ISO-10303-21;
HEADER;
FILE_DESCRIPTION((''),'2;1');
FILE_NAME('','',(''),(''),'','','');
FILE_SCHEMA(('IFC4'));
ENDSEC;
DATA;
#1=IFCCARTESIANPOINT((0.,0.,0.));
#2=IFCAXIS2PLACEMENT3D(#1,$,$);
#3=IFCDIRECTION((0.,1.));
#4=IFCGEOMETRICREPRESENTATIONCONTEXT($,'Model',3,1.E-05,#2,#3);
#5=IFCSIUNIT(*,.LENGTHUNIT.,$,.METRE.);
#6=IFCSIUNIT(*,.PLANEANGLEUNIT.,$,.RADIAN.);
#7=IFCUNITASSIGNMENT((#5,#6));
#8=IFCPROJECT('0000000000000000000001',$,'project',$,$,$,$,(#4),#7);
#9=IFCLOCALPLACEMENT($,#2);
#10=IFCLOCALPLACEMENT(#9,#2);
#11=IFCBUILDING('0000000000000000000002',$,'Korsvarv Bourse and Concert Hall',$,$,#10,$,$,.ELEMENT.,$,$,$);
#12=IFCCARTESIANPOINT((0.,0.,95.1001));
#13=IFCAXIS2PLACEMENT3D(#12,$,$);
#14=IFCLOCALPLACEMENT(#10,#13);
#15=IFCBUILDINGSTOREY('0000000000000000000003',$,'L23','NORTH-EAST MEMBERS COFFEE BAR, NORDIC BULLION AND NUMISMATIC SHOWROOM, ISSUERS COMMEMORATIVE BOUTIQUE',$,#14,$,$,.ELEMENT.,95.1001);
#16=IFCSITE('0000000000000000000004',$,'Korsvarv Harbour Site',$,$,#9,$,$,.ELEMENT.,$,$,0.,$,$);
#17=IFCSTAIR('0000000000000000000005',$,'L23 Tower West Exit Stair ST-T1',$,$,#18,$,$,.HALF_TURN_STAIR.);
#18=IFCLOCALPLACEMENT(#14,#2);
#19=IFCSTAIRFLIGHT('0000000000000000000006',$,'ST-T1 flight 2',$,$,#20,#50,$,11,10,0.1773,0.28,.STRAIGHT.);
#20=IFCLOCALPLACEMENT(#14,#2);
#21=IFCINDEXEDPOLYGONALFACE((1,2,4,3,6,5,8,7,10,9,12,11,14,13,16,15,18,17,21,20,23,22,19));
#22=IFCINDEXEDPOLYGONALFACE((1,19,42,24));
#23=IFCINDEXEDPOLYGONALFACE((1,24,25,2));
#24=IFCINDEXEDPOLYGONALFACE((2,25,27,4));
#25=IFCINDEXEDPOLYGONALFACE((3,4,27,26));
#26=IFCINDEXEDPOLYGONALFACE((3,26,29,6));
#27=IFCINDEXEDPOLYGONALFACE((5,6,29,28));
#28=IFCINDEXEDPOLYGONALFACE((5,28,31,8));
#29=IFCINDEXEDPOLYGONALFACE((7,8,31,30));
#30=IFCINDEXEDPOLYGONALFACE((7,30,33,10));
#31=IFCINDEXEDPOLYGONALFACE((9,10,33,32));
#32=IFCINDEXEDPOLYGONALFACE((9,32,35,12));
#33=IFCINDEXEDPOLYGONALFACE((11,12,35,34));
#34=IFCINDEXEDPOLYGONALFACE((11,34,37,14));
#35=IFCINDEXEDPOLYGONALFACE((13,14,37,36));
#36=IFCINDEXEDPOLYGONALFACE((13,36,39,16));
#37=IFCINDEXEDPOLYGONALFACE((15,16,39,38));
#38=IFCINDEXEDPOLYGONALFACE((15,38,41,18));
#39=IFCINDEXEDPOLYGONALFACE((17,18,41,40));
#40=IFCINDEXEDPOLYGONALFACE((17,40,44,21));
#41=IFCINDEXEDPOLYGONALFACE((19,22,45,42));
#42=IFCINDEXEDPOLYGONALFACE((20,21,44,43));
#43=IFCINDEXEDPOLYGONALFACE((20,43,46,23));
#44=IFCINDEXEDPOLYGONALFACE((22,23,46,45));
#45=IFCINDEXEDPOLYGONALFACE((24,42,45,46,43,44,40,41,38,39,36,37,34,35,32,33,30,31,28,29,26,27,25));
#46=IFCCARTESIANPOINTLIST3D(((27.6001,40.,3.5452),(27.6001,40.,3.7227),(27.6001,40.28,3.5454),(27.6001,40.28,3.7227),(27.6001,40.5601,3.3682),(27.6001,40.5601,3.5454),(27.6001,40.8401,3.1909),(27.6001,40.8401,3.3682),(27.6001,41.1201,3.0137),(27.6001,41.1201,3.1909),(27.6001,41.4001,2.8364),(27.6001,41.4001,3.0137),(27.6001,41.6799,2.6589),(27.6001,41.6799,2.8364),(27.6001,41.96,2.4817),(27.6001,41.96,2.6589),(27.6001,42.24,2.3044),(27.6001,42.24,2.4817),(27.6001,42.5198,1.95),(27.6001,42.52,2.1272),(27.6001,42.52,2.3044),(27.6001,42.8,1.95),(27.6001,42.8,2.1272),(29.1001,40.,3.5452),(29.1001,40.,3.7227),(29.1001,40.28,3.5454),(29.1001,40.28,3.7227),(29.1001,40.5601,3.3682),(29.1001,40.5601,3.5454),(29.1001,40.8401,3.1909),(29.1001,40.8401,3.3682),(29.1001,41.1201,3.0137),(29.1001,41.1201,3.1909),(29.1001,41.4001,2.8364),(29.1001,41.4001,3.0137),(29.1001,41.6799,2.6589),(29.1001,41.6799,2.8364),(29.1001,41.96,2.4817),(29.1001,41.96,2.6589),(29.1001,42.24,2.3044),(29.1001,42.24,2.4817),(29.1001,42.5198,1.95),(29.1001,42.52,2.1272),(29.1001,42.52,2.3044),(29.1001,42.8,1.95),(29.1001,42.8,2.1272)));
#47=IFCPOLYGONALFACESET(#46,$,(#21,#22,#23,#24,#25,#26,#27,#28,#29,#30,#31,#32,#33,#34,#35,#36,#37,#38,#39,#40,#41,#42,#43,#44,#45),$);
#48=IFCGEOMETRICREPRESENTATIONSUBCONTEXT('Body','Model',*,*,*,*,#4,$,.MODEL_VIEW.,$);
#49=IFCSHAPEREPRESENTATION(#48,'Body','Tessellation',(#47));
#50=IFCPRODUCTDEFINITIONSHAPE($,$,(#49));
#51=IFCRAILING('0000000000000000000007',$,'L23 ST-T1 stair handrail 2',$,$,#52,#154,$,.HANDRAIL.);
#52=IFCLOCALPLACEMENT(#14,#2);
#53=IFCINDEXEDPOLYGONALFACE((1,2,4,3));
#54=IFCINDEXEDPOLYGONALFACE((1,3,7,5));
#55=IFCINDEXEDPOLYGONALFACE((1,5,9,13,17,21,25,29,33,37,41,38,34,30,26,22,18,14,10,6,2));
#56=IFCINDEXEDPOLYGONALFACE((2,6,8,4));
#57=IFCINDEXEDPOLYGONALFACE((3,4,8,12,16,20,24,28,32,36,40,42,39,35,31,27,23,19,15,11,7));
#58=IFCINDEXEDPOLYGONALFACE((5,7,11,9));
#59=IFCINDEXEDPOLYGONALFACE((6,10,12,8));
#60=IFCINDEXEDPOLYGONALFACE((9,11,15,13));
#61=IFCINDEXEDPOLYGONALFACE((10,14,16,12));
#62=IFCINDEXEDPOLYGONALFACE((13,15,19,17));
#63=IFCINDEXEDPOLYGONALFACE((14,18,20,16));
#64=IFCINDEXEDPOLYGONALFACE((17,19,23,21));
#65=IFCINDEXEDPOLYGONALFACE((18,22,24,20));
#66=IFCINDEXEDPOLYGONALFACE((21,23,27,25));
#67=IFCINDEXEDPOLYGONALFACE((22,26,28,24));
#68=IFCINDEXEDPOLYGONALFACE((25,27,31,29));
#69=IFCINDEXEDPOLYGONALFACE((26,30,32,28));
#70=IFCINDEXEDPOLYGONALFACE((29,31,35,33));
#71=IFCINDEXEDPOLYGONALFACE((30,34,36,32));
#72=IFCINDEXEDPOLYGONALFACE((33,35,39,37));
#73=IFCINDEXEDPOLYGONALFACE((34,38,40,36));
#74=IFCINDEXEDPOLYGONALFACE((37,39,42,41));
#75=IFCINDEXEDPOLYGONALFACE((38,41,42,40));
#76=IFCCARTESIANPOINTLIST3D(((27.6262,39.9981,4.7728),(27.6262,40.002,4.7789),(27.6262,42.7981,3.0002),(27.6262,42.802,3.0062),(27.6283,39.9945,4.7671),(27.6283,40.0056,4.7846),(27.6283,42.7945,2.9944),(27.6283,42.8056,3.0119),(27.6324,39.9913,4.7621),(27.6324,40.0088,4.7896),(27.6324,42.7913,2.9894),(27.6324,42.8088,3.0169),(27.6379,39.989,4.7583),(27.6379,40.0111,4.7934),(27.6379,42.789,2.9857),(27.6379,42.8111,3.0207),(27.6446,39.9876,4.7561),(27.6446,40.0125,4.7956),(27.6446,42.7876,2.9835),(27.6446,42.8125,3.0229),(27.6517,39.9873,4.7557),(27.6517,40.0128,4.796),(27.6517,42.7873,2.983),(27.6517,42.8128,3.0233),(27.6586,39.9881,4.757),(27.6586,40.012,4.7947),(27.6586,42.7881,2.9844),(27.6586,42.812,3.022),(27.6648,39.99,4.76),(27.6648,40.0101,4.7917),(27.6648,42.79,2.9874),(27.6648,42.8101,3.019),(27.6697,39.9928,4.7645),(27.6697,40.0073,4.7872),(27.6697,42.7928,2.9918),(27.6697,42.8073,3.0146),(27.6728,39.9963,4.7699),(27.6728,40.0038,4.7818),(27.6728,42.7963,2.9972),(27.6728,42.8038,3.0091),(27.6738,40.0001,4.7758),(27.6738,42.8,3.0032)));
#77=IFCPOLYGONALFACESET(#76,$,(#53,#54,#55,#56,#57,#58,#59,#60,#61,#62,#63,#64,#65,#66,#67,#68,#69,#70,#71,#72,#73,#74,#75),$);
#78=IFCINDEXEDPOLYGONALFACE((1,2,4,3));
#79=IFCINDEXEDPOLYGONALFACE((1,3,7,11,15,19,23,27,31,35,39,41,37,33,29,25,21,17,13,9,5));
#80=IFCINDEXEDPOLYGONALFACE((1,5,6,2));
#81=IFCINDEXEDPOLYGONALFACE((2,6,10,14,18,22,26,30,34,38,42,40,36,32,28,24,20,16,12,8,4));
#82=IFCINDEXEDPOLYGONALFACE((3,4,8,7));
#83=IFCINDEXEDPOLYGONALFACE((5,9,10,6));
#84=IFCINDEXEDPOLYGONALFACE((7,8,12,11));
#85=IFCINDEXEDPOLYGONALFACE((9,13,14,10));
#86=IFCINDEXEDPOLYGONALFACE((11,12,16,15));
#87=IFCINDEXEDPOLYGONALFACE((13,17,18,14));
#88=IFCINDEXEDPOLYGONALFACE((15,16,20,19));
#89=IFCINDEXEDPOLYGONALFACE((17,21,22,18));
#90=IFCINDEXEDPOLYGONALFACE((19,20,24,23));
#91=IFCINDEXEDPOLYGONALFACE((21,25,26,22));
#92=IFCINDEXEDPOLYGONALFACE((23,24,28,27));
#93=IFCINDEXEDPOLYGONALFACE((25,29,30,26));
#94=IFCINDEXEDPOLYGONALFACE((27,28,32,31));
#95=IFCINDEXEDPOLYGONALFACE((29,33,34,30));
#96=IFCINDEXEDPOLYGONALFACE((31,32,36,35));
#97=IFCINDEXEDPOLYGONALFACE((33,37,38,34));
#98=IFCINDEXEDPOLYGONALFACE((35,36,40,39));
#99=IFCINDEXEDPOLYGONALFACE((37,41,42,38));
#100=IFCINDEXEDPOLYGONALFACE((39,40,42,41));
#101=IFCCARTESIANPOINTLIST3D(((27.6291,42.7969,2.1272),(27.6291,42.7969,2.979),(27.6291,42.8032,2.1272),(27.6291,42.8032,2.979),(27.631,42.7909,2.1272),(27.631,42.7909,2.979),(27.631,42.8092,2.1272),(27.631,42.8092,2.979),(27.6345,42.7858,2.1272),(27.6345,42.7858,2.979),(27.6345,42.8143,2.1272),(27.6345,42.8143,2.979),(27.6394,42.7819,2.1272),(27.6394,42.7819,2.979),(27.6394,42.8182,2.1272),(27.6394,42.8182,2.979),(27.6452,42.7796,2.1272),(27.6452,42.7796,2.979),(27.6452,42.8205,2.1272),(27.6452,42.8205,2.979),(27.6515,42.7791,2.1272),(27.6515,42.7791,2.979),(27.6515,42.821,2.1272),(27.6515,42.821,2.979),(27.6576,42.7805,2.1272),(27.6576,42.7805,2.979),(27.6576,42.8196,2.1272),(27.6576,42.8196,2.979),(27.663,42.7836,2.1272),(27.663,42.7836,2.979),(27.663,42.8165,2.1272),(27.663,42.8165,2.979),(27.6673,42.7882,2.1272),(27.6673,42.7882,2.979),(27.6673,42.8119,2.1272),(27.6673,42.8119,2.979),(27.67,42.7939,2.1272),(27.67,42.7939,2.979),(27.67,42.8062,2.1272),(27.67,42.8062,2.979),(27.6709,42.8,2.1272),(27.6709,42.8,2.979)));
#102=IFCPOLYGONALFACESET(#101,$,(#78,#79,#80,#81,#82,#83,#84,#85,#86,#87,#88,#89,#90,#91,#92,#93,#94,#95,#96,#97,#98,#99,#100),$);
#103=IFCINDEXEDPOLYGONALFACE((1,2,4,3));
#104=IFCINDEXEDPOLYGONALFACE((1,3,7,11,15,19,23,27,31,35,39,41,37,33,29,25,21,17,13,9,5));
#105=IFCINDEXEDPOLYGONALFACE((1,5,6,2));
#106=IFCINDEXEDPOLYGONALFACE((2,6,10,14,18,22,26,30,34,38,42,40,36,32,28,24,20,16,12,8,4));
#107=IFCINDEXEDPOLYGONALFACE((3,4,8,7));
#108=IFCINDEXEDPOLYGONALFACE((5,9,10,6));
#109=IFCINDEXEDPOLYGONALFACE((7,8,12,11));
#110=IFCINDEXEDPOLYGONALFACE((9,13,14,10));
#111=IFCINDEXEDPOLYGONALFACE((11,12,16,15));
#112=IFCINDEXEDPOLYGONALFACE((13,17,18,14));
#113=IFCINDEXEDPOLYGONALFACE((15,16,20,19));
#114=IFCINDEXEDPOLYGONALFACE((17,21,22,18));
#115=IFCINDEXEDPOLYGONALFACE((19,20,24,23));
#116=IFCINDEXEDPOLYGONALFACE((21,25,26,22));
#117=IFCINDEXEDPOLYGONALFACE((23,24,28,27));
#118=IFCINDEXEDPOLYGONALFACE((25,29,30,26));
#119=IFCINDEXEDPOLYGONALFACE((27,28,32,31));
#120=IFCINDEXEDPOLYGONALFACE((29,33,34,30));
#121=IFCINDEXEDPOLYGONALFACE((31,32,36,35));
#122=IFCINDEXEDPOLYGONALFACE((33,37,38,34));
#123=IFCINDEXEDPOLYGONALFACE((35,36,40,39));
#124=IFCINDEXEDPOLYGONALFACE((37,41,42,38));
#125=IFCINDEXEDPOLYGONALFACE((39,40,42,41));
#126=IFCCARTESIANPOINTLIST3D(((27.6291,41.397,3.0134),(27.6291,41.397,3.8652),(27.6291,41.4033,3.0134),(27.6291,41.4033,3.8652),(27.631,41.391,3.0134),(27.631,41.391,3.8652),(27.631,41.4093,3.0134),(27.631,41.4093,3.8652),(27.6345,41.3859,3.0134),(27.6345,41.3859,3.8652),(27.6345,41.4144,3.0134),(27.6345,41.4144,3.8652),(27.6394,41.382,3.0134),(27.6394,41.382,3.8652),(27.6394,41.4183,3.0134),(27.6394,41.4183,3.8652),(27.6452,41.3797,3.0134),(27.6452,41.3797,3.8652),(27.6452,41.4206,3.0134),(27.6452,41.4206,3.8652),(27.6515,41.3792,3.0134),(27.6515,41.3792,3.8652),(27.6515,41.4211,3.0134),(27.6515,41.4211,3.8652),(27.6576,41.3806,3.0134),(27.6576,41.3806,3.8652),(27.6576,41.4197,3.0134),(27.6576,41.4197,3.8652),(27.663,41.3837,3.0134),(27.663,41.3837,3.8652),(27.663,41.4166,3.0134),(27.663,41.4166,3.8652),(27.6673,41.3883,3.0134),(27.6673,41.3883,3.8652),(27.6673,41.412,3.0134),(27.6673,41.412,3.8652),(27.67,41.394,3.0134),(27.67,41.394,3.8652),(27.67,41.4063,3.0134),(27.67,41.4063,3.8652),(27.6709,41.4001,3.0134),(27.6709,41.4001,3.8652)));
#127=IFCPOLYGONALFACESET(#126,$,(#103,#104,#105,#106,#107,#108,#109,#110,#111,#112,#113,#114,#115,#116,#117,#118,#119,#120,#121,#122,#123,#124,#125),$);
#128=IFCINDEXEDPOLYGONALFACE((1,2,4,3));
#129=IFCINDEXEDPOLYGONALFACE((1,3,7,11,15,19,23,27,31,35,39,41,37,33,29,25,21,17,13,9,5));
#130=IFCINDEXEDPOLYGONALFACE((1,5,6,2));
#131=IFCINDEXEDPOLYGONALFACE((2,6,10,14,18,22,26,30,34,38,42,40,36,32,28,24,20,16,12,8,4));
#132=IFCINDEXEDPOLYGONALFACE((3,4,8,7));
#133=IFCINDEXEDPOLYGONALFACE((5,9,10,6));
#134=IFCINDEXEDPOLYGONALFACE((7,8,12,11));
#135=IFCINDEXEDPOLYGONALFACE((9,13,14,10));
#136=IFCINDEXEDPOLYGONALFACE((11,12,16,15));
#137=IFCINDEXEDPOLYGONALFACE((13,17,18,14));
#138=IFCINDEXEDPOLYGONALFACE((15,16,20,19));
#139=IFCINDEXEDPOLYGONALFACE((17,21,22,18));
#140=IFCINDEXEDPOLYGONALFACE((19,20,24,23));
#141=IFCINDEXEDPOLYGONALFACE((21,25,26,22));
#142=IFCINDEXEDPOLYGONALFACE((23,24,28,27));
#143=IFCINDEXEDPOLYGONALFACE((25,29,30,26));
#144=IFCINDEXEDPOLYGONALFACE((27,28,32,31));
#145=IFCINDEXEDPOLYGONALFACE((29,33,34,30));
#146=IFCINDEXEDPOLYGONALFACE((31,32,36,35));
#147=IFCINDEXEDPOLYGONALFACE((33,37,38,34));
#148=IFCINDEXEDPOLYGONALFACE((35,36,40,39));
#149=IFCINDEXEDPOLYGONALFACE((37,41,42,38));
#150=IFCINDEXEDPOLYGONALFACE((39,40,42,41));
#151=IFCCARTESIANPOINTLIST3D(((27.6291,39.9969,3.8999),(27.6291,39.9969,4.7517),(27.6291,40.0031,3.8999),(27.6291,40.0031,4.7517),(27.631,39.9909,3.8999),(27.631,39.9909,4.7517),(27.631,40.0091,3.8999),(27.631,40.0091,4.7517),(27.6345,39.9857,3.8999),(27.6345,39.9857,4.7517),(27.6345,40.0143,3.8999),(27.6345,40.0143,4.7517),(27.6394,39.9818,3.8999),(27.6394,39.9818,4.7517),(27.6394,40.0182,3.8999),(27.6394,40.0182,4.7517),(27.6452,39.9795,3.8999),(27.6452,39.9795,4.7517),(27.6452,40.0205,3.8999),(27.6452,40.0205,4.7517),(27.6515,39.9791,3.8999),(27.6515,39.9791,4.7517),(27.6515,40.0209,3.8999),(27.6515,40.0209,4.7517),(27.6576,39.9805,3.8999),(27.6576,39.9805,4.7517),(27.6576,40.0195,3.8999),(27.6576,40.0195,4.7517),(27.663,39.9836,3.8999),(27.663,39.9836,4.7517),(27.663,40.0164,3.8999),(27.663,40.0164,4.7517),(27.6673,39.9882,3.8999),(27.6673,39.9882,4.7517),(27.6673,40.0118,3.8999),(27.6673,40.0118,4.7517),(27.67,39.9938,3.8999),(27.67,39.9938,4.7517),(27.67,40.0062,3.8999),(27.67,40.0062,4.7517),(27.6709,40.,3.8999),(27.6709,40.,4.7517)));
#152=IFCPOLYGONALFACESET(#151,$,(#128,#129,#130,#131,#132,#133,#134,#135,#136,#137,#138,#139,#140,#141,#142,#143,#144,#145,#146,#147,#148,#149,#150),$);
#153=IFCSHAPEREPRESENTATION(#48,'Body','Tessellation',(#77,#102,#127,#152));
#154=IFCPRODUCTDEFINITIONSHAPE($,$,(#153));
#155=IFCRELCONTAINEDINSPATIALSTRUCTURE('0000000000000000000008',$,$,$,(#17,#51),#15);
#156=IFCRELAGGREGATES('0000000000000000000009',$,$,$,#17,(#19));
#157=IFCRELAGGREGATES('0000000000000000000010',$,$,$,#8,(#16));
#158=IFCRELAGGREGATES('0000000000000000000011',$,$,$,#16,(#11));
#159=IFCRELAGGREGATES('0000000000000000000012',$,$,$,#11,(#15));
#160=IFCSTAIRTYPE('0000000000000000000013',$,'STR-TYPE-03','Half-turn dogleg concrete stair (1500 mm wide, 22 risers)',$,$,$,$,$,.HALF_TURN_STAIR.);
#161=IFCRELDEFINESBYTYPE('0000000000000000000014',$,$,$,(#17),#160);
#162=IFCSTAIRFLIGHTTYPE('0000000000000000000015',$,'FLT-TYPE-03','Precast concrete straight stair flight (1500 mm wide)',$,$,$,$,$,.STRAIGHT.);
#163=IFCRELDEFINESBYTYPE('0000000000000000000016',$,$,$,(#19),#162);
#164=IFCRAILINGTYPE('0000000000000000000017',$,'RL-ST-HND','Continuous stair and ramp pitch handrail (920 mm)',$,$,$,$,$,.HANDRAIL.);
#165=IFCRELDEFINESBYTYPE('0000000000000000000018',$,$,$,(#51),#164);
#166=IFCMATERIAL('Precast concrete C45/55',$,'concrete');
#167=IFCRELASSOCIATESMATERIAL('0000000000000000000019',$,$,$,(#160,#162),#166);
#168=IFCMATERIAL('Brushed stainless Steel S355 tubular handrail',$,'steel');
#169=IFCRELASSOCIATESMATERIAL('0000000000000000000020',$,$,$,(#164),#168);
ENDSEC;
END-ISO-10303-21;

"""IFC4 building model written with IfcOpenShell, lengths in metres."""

from ifc_helpers import new_model, si_unit, direction, frame, origin, origin_2d, place, context, subcontext, project, spatial, polyline, circle, outline, extrude, material, type_object, element, aggregate, save


model = new_model("IFC4")

# Units and contexts
model_context = context("Model", 3, precision=1e-05, world=origin(), true_north=direction((0.0, 1.0)))
body_context = subcontext(model_context, "Body", "Model", "MODEL_VIEW")
ifc_project = project(units=[si_unit("LENGTHUNIT", "METRE"), si_unit("PLANEANGLEUNIT", "RADIAN")], contexts=[model_context])

# Site, building, storey
site_placement = place(None, origin())
site = spatial("IfcSite", under=ifc_project, at=site_placement, Name="Korsvarv Harbour Site", CompositionType="ELEMENT", RefElevation=0.0)
building_placement = place(site_placement, origin())
building = spatial("IfcBuilding", under=site, at=building_placement, Name="Korsvarv Bourse and Concert Hall", CompositionType="ELEMENT")
storey_placement = place(building_placement, frame((0.0, 0.0, 95.1001)))
storey = spatial("IfcBuildingStorey", under=building, at=storey_placement, Name="L23", Description="NORTH-EAST MEMBERS COFFEE BAR, NORDIC BULLION AND NUMISMATIC SHOWROOM, ISSUERS COMMEMORATIVE BOUTIQUE", CompositionType="ELEMENT", Elevation=95.1001)

# Stair, stair flight
ifc_material_1 = material(Name="Precast concrete C45/55", Category="concrete")
stair_type = type_object("IfcStairType", Name="STR-TYPE-03", Description="Half-turn dogleg concrete stair (1500 mm wide, 22 risers)", PredefinedType="HALF_TURN_STAIR", material=ifc_material_1)
stair_placement = place(storey_placement, origin())
stair = element("IfcStair", 1, at=stair_placement, inside=storey, type_object=stair_type, Name="L23 Tower West Exit Stair ST-T1", PredefinedType="HALF_TURN_STAIR")
stair_flight_type = type_object("IfcStairFlightType", Name="FLT-TYPE-03", Description="Precast concrete straight stair flight (1500 mm wide)", PredefinedType="STRAIGHT", material=ifc_material_1)
stair_flight_placement = place(storey_placement, frame((28.3501, 42.8, 1.95), z_axis=(0.0, 0.0, 1.0), x_axis=(0.0, -1.0, 0.0)))
stair_flight = element("IfcStairFlight", 2, at=stair_flight_placement, type_object=stair_flight_type, Name="ST-T1 flight 2", NumberOfRisers=11, NumberOfTreads=10, PredefinedType="STRAIGHT", RiserHeight=0.1773, TreadLength=0.28, context=body_context, shape_type="SweptSolid", body=[
    extrude(outline(polyline([(0.0, 0.0), (0.0, 0.1772), (0.28, 0.1772), (0.28, 0.3545), (0.5601, 0.3545), (0.5601, 0.5317), (0.8401, 0.5317), (0.8401, 0.709), (1.1201, 0.709), (1.1201, 0.8865), (1.3999, 0.8865), (1.3999, 1.0637), (1.6799, 1.0637), (1.6799, 1.241), (1.96, 1.241), (1.96, 1.4182), (2.24, 1.4182), (2.24, 1.5955), (2.52, 1.5955), (2.52, 1.7727), (2.8, 1.7727), (2.8, 1.95), (2.8, 1.5952), (0.2803, 0.0), (0.0, 0.0)])), frame((0.0, 0.75, 0.0), z_axis=(0.0, -1.0, 0.0), x_axis=(1.0, 0.0, 0.0)), (0.0, 0.0, 1.0), 1.5),
])
aggregate(stair, [stair_flight])

# Railing
ifc_material_2 = material(Name="Brushed stainless Steel S355 tubular handrail", Category="steel")
railing_type = type_object("IfcRailingType", Name="RL-ST-HND", Description="Continuous stair and ramp pitch handrail (920 mm)", PredefinedType="HANDRAIL", material=ifc_material_2)
railing_placement = place(storey_placement, frame((27.6499, 42.8, 2.1272)))
element("IfcRailing", 3, at=railing_placement, inside=storey, type_object=railing_type, Name="L23 ST-T1 stair handrail 2", PredefinedType="HANDRAIL", context=body_context, shape_type="SweptSolid", body=[
    extrude(circle(Radius=0.0239, at=origin_2d()), frame((0.0, 0.0, 0.876), z_axis=(0.0, -0.844909, 0.53491), x_axis=(1.0, 0.0, 0.0)), (0.0, 0.0, 1.0), 3.314),
    extrude(circle(Radius=0.021, at=origin_2d()), origin(), (0.0, 0.0, 1.0), 0.8518),
    extrude(circle(Radius=0.021, at=origin_2d()), frame((0.0, -1.3999, 0.8862)), (0.0, 0.0, 1.0), 0.8518),
    extrude(circle(Radius=0.021, at=origin_2d()), frame((0.0, -2.8, 1.7727)), (0.0, 0.0, 1.0), 0.8518),
])

save(model, "model.ifc")
